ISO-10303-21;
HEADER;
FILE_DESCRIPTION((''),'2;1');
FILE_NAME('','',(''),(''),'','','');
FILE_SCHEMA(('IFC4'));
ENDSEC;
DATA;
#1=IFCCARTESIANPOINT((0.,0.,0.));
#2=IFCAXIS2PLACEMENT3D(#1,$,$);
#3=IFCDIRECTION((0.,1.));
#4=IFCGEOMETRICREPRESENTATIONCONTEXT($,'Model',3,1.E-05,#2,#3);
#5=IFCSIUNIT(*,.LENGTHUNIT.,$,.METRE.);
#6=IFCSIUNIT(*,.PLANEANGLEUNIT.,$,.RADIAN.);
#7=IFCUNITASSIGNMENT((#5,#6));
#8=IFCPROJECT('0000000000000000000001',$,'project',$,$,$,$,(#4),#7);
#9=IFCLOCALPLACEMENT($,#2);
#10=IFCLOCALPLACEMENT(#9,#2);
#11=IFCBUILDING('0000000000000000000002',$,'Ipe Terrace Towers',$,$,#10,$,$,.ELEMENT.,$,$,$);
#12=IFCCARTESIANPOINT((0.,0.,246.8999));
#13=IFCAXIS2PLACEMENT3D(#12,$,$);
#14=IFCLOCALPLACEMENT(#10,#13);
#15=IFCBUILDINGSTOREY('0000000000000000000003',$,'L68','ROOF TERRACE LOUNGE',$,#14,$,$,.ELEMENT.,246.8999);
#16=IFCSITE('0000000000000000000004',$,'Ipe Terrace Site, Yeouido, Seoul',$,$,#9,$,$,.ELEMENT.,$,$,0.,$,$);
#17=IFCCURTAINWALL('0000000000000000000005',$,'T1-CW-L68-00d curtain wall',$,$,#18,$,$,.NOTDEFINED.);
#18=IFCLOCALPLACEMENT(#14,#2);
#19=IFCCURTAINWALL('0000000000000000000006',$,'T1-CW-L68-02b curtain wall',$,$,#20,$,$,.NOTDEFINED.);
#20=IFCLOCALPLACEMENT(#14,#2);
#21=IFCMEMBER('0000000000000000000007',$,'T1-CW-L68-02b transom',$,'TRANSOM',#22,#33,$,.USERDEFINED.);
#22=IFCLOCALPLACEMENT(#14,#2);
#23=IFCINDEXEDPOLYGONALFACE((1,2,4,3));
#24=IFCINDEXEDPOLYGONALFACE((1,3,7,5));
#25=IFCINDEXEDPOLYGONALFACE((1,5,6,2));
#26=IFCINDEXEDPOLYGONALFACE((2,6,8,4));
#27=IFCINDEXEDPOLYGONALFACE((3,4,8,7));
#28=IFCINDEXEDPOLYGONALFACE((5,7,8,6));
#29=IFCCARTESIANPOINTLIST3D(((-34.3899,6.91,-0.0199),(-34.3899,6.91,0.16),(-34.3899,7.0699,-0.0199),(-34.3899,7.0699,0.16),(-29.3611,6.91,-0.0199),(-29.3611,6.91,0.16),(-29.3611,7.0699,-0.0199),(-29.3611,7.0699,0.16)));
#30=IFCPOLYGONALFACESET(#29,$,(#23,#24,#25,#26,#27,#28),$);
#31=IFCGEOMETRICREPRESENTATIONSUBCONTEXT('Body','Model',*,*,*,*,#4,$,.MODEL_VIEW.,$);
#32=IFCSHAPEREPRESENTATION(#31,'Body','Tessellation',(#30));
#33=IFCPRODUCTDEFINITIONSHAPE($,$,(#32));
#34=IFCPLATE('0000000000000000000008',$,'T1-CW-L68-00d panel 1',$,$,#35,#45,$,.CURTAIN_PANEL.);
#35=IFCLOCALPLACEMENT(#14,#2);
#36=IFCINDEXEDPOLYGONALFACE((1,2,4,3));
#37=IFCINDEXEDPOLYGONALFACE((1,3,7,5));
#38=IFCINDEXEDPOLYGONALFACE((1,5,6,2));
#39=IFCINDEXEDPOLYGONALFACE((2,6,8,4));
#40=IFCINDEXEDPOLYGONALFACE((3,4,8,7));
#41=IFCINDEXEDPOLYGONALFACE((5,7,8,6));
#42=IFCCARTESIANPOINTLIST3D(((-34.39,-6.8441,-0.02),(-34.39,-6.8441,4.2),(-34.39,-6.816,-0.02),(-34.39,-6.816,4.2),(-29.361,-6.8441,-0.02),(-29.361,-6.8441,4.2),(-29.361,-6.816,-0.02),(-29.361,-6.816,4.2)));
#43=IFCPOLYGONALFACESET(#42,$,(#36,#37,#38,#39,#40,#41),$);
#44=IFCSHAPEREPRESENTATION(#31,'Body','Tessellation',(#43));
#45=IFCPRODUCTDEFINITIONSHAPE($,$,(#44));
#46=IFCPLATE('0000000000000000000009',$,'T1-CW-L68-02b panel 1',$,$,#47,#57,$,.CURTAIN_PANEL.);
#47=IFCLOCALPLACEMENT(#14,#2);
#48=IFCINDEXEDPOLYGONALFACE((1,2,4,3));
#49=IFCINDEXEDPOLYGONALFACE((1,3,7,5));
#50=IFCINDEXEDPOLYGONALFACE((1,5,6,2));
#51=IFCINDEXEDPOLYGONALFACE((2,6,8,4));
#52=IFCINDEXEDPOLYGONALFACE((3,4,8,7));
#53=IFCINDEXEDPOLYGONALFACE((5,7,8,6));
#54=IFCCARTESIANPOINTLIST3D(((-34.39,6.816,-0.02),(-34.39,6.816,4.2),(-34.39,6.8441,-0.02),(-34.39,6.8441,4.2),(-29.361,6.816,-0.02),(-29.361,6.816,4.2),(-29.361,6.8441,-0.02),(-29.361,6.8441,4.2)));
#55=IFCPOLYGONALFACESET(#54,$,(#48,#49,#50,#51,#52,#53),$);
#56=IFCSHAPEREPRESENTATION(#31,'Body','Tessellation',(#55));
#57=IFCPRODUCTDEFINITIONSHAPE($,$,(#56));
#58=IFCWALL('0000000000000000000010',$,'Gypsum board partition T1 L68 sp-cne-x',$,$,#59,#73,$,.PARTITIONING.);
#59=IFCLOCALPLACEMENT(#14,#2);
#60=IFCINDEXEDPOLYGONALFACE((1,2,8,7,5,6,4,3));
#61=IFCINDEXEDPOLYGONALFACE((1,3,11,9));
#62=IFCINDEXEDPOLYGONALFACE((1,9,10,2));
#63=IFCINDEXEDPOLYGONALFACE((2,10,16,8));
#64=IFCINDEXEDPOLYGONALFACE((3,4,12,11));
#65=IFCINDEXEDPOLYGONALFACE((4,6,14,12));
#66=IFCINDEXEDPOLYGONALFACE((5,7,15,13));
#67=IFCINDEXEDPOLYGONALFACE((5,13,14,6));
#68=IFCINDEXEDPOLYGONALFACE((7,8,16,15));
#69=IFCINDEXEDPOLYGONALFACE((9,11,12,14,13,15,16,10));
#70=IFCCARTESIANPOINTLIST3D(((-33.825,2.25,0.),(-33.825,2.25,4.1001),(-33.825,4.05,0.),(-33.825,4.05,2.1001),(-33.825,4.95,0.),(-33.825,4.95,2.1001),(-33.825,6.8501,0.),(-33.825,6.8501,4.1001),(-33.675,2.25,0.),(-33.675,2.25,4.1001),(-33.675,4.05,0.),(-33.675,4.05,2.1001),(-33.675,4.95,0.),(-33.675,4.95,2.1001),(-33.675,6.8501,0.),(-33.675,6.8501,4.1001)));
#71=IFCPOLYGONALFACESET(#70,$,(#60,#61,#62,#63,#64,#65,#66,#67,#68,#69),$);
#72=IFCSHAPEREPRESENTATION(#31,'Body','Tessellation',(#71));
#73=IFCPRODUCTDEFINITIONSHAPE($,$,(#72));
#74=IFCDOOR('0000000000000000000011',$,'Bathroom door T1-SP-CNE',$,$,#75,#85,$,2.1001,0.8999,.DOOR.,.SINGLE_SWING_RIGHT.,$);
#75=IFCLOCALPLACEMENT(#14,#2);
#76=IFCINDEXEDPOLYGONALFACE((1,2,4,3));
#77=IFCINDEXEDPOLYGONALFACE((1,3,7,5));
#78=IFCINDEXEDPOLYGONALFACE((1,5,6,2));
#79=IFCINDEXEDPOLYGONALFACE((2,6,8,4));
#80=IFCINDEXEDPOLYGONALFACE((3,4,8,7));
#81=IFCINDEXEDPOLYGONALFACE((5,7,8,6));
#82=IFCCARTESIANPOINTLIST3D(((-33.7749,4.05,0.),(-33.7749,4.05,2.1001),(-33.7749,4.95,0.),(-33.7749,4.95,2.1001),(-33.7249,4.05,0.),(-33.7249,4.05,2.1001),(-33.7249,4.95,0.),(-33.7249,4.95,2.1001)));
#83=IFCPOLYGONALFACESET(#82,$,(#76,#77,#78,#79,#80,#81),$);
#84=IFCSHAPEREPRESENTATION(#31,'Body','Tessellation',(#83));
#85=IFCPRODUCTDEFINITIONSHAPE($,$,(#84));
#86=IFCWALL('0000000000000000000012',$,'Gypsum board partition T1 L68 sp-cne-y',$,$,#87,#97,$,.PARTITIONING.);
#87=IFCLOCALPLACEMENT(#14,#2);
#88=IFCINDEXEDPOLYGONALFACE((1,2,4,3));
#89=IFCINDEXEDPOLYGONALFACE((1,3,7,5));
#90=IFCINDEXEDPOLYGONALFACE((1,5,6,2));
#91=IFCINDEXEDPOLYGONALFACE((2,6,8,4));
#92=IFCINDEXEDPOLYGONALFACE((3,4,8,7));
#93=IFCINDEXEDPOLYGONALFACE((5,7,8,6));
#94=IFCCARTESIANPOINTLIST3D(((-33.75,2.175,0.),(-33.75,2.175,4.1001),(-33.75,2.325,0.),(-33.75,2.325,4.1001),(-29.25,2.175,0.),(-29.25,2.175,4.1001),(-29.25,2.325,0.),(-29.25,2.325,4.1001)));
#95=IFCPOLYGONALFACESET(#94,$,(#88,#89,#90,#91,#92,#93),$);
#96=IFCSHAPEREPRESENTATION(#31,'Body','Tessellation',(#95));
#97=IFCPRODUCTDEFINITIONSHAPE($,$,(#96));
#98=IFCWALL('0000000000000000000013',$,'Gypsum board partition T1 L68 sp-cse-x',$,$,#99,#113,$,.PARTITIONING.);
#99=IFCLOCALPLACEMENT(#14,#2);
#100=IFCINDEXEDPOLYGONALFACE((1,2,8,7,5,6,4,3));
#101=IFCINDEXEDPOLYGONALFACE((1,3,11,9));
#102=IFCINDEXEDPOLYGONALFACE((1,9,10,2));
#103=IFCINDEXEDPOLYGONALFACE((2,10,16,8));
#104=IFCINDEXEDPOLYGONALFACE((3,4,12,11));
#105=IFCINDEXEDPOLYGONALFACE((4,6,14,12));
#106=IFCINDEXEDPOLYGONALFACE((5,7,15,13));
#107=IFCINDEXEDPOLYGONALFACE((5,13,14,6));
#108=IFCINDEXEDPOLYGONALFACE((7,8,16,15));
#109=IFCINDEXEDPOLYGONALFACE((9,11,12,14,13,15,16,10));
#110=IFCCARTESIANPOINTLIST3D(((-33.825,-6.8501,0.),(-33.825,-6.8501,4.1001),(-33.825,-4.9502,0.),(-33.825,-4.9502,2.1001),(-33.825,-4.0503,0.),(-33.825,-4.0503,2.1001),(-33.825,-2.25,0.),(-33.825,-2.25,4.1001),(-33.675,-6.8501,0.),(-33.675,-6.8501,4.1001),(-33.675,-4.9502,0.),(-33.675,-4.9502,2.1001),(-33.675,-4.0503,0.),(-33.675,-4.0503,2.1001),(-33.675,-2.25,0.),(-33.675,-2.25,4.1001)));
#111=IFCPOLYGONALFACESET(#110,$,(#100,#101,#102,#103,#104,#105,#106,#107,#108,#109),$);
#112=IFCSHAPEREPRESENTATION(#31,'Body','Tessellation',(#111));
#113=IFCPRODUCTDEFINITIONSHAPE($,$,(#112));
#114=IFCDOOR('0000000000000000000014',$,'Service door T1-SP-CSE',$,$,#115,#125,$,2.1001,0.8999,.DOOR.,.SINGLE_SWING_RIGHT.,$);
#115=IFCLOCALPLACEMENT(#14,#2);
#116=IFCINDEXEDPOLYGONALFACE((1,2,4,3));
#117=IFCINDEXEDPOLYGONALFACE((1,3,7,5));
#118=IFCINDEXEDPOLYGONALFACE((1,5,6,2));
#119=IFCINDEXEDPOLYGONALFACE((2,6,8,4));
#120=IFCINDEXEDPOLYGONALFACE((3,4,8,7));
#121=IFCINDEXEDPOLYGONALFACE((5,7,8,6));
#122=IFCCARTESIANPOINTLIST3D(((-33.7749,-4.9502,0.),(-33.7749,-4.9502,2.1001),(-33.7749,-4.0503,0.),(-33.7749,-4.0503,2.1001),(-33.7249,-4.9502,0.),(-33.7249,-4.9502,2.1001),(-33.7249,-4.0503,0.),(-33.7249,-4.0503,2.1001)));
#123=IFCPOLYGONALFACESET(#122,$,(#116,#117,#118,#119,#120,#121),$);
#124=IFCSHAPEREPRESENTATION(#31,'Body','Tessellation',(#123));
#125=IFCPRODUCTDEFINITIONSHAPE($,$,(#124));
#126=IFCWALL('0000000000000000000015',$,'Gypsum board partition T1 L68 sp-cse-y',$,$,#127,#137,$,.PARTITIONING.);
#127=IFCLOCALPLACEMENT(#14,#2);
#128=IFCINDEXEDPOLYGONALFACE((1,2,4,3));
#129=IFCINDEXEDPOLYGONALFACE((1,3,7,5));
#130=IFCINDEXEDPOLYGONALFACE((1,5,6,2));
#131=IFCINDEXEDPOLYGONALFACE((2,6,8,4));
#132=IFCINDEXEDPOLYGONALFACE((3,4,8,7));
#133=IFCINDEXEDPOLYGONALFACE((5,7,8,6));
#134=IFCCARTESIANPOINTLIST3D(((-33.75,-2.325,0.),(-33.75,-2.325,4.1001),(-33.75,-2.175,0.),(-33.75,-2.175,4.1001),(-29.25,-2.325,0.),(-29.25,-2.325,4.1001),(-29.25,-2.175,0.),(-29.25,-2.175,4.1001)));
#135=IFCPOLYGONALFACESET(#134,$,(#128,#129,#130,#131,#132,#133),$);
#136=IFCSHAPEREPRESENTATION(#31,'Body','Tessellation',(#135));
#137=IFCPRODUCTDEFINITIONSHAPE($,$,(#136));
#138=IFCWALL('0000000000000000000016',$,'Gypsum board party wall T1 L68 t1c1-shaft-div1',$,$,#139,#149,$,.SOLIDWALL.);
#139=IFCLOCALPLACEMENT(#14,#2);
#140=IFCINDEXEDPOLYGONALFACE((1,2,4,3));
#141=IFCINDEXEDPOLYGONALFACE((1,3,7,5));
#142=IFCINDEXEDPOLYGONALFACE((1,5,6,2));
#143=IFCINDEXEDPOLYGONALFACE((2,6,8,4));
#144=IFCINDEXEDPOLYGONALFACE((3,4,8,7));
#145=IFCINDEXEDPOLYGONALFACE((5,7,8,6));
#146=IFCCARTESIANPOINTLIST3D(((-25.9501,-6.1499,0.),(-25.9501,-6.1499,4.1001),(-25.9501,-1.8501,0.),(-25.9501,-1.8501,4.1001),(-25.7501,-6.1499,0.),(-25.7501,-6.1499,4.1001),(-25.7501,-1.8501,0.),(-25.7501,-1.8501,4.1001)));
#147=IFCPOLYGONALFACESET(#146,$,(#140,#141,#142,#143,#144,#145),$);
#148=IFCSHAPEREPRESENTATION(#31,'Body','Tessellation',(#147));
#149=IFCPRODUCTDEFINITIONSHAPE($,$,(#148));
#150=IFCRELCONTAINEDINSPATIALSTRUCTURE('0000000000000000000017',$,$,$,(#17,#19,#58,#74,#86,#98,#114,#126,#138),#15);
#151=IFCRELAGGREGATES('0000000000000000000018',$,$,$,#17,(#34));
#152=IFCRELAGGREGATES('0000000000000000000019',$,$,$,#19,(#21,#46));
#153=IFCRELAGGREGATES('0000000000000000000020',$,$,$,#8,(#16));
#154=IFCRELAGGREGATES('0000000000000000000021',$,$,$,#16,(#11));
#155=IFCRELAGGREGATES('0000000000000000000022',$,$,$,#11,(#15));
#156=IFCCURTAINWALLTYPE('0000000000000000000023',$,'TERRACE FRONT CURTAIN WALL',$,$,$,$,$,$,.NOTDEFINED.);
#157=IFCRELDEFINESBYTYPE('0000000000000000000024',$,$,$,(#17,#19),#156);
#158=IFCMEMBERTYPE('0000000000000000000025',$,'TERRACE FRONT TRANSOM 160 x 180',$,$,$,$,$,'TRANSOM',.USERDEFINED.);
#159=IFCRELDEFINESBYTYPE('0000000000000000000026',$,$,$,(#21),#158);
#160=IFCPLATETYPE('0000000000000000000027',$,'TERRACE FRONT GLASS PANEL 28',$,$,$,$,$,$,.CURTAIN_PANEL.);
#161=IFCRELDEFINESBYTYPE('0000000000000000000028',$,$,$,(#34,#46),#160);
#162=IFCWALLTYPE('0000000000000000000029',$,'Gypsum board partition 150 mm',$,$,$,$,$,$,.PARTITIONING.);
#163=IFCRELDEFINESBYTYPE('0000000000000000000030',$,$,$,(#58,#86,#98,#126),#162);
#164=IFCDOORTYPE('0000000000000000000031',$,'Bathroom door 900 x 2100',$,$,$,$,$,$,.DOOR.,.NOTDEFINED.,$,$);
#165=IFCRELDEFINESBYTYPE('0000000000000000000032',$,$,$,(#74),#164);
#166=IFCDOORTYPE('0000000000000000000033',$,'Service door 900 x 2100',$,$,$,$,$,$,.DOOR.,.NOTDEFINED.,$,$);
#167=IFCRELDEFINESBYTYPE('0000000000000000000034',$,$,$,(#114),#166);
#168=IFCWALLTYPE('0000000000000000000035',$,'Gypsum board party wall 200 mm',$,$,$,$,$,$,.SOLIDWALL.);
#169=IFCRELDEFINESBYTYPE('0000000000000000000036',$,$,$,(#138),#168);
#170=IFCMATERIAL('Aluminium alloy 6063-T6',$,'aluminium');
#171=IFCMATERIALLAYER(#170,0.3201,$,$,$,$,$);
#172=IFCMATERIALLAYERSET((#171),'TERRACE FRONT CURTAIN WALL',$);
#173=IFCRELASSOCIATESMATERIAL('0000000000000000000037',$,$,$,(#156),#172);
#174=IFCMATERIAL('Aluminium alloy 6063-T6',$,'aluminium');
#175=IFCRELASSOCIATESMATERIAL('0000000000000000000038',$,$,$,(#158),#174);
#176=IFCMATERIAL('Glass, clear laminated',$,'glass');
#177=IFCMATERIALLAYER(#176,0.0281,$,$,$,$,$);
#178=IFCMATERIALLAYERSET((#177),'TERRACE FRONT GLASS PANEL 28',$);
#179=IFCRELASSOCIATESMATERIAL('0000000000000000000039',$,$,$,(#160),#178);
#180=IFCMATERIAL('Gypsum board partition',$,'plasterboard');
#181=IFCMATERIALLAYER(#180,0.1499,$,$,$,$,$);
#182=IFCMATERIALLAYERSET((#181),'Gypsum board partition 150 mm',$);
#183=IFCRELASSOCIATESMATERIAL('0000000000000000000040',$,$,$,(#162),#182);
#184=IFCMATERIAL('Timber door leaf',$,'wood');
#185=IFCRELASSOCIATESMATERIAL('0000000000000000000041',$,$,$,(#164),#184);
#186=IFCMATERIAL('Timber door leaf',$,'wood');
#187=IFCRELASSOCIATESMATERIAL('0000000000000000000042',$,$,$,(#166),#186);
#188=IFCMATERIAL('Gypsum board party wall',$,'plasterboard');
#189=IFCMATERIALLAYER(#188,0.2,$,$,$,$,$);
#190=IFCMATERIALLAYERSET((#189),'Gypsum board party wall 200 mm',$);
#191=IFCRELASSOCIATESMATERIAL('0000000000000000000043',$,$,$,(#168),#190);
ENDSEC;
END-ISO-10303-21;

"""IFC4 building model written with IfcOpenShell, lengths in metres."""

from ifc_helpers import new_model, si_unit, direction, frame, frame_2d, origin, origin_2d, place, context, subcontext, project, spatial, rectangle, extrude, material, layer, layer_set, material_profile, profile_set, type_object, element, fill, aggregate, save


model = new_model("IFC4")

# Units and contexts
model_context = context("Model", 3, precision=1e-05, world=origin(), true_north=direction((0.0, 1.0)))
body_context = subcontext(model_context, "Body", "Model", "MODEL_VIEW")
ifc_project = project(units=[si_unit("LENGTHUNIT", "METRE"), si_unit("PLANEANGLEUNIT", "RADIAN")], contexts=[model_context])

# Site, building, storey
site_placement = place(None, origin())
site = spatial("IfcSite", under=ifc_project, at=site_placement, Name="Ipe Terrace Site, Yeouido, Seoul", CompositionType="ELEMENT", RefElevation=0.0)
building_placement = place(site_placement, origin())
building = spatial("IfcBuilding", under=site, at=building_placement, Name="Ipe Terrace Towers", CompositionType="ELEMENT")
storey_placement = place(building_placement, frame((0.0, 0.0, 246.8999)))
storey = spatial("IfcBuildingStorey", under=building, at=storey_placement, Name="L68", Description="ROOF TERRACE LOUNGE", CompositionType="ELEMENT", Elevation=246.8999)

# Curtain walls
ifc_material_1 = material(Name="Aluminium alloy 6063-T6", Category="aluminium")
ifc_layer_1 = layer(ifc_material_1, 0.3201)
ifc_layer_set_1 = layer_set([ifc_layer_1], Name="TERRACE FRONT CURTAIN WALL")
curtain_wall_type = type_object("IfcCurtainWallType", Name="TERRACE FRONT CURTAIN WALL", PredefinedType="NOTDEFINED", material=ifc_layer_set_1)
curtain_wall_1_placement = place(storey_placement, origin())
curtain_wall_1 = element("IfcCurtainWall", 1, at=curtain_wall_1_placement, inside=storey, type_object=curtain_wall_type, Name="T1-CW-L68-00d curtain wall", PredefinedType="NOTDEFINED")
curtain_wall_2_placement = place(storey_placement, origin())
curtain_wall_2 = element("IfcCurtainWall", 2, at=curtain_wall_2_placement, inside=storey, type_object=curtain_wall_type, Name="T1-CW-L68-02b curtain wall", PredefinedType="NOTDEFINED")

# Member
ifc_material_2 = material(Name="Aluminium alloy 6063-T6", Category="aluminium")
ifc_material_profile_1 = material_profile(ifc_material_2, rectangle(XDim=0.1599, YDim=0.1799, at=origin_2d()), Name="TERRACE FRONT TRANSOM 160 x 180")
ifc_profile_set_1 = profile_set([ifc_material_profile_1], Name="Aluminium alloy 6063-T6")
member_type_1 = type_object("IfcMemberType", Name="TERRACE FRONT TRANSOM 160 x 180", ElementType="TRANSOM", PredefinedType="USERDEFINED", material=ifc_profile_set_1)
member_1_placement = place(storey_placement, frame((-29.3611, 6.99, 0.0701), z_axis=(-1.0, 0.0, 0.0), x_axis=(0.0, 1.0, 0.0)))
member_1 = element("IfcMember", 3, at=member_1_placement, type_object=member_type_1, Name="T1-CW-L68-02b transom", ObjectType="TRANSOM", PredefinedType="USERDEFINED", context=body_context, shape_type="SweptSolid", body=[
    extrude(rectangle(XDim=0.1599, YDim=0.1799, at=origin_2d()), origin(), (0.0, 0.0, 1.0), 5.0288),
])

# Plates
ifc_material_3 = material(Name="Glass, clear laminated", Category="glass")
ifc_layer_2 = layer(ifc_material_3, 0.0281)
ifc_layer_set_2 = layer_set([ifc_layer_2], Name="TERRACE FRONT GLASS PANEL 28")
plate_type = type_object("IfcPlateType", Name="TERRACE FRONT GLASS PANEL 28", PredefinedType="CURTAIN_PANEL", material=ifc_layer_set_2)
plate_1_placement = place(storey_placement, frame((-31.8755, -6.8301, -0.02), z_axis=(0.0, 0.0, 1.0), x_axis=(1.0, 0.0, 0.0)))
plate_1 = element("IfcPlate", 4, at=plate_1_placement, type_object=plate_type, Name="T1-CW-L68-00d panel 1", PredefinedType="CURTAIN_PANEL", context=body_context, shape_type="SweptSolid", body=[
    extrude(rectangle(XDim=5.0291, YDim=0.0281, at=origin_2d()), origin(), (0.0, 0.0, 1.0), 4.22),
])
aggregate(curtain_wall_1, [plate_1])
plate_2_placement = place(storey_placement, frame((-31.8755, 6.8301, -0.02), z_axis=(0.0, 0.0, 1.0), x_axis=(-1.0, 0.0, 0.0)))
plate_2 = element("IfcPlate", 5, at=plate_2_placement, type_object=plate_type, Name="T1-CW-L68-02b panel 1", PredefinedType="CURTAIN_PANEL", context=body_context, shape_type="SweptSolid", body=[
    extrude(rectangle(XDim=5.0291, YDim=0.0281, at=origin_2d()), origin(), (0.0, 0.0, 1.0), 4.22),
])
aggregate(curtain_wall_2, [member_1, plate_2])

# Wall, opening, door
ifc_material_4 = material(Name="Gypsum board partition", Category="plasterboard")
ifc_layer_3 = layer(ifc_material_4, 0.1499)
ifc_layer_set_3 = layer_set([ifc_layer_3], Name="Gypsum board partition 150 mm")
wall_type_1 = type_object("IfcWallType", Name="Gypsum board partition 150 mm", PredefinedType="PARTITIONING", material=ifc_layer_set_3)
wall_1_placement = place(storey_placement, frame((-33.75, 2.25, 0.0), z_axis=(0.0, 0.0, 1.0), x_axis=(0.0, 1.0, 0.0)))
wall_1 = element("IfcWall", 6, at=wall_1_placement, inside=storey, type_object=wall_type_1, Name="Gypsum board partition T1 L68 sp-cne-x", PredefinedType="PARTITIONING", context=body_context, shape_type="SweptSolid", body=[
    extrude(rectangle(XDim=4.6001, YDim=0.1499, at=frame_2d((2.3, 0.0))), origin(), (0.0, 0.0, 1.0), 4.1001),
])
opening_1_placement = place(wall_1_placement, frame((1.8, 0.0, 0.0)))
opening_1 = element("IfcOpeningElement", 7, at=opening_1_placement, cuts=wall_1, PredefinedType="OPENING", context=body_context, shape_type="SweptSolid", body=[
    extrude(rectangle(XDim=0.8999, YDim=2.1001, at=frame_2d((0.45, 1.05))), frame((0.0, 0.085, 0.0), z_axis=(0.0, -1.0, 0.0), x_axis=(1.0, 0.0, 0.0)), (0.0, 0.0, 1.0), 0.1699),
])
ifc_material_5 = material(Name="Timber door leaf", Category="wood")
door_type_1 = type_object("IfcDoorType", Name="Bathroom door 900 x 2100", OperationType="NOTDEFINED", PredefinedType="DOOR", material=ifc_material_5)
door_1_placement = place(opening_1_placement, origin())
door_1 = element("IfcDoor", 8, at=door_1_placement, inside=storey, type_object=door_type_1, Name="Bathroom door T1-SP-CNE", OperationType="SINGLE_SWING_RIGHT", OverallHeight=2.1001, OverallWidth=0.8999, PredefinedType="DOOR", context=body_context, shape_type="SweptSolid", body=[
    extrude(rectangle(XDim=0.8999, YDim=2.1001, at=frame_2d((0.45, 1.05))), frame((0.0, 0.0249, 0.0), z_axis=(0.0, -1.0, 0.0), x_axis=(1.0, 0.0, 0.0)), (0.0, 0.0, 1.0), 0.05),
])
fill(opening_1, door_1)

# Wall
wall_2_placement = place(storey_placement, frame((-33.75, 2.25, 0.0), z_axis=(0.0, 0.0, 1.0), x_axis=(1.0, 0.0, 0.0)))
element("IfcWall", 9, at=wall_2_placement, inside=storey, type_object=wall_type_1, Name="Gypsum board partition T1 L68 sp-cne-y", PredefinedType="PARTITIONING", context=body_context, shape_type="SweptSolid", body=[
    extrude(rectangle(XDim=4.5, YDim=0.1499, at=frame_2d((2.25, 0.0))), origin(), (0.0, 0.0, 1.0), 4.1001),
])

# Wall, opening, door
wall_3_placement = place(storey_placement, frame((-33.75, -6.8501, 0.0), z_axis=(0.0, 0.0, 1.0), x_axis=(0.0, 1.0, 0.0)))
wall_3 = element("IfcWall", 10, at=wall_3_placement, inside=storey, type_object=wall_type_1, Name="Gypsum board partition T1 L68 sp-cse-x", PredefinedType="PARTITIONING", context=body_context, shape_type="SweptSolid", body=[
    extrude(rectangle(XDim=4.6001, YDim=0.1499, at=frame_2d((2.3, 0.0))), origin(), (0.0, 0.0, 1.0), 4.1001),
])
opening_2_placement = place(wall_3_placement, frame((1.8999, 0.0, 0.0)))
opening_2 = element("IfcOpeningElement", 11, at=opening_2_placement, cuts=wall_3, PredefinedType="OPENING", context=body_context, shape_type="SweptSolid", body=[
    extrude(rectangle(XDim=0.8999, YDim=2.1001, at=frame_2d((0.45, 1.05))), frame((0.0, 0.085, 0.0), z_axis=(0.0, -1.0, 0.0), x_axis=(1.0, 0.0, 0.0)), (0.0, 0.0, 1.0), 0.1699),
])
ifc_material_6 = material(Name="Timber door leaf", Category="wood")
door_type_2 = type_object("IfcDoorType", Name="Service door 900 x 2100", OperationType="NOTDEFINED", PredefinedType="DOOR", material=ifc_material_6)
door_2_placement = place(opening_2_placement, origin())
door_2 = element("IfcDoor", 12, at=door_2_placement, inside=storey, type_object=door_type_2, Name="Service door T1-SP-CSE", OperationType="SINGLE_SWING_RIGHT", OverallHeight=2.1001, OverallWidth=0.8999, PredefinedType="DOOR", context=body_context, shape_type="SweptSolid", body=[
    extrude(rectangle(XDim=0.8999, YDim=2.1001, at=frame_2d((0.45, 1.05))), frame((0.0, 0.0249, 0.0), z_axis=(0.0, -1.0, 0.0), x_axis=(1.0, 0.0, 0.0)), (0.0, 0.0, 1.0), 0.05),
])
fill(opening_2, door_2)

# Walls
wall_4_placement = place(storey_placement, frame((-33.75, -2.25, 0.0), z_axis=(0.0, 0.0, 1.0), x_axis=(1.0, 0.0, 0.0)))
element("IfcWall", 13, at=wall_4_placement, inside=storey, type_object=wall_type_1, Name="Gypsum board partition T1 L68 sp-cse-y", PredefinedType="PARTITIONING", context=body_context, shape_type="SweptSolid", body=[
    extrude(rectangle(XDim=4.5, YDim=0.1499, at=frame_2d((2.25, 0.0))), origin(), (0.0, 0.0, 1.0), 4.1001),
])
ifc_material_7 = material(Name="Gypsum board party wall", Category="plasterboard")
ifc_layer_4 = layer(ifc_material_7, 0.2)
ifc_layer_set_4 = layer_set([ifc_layer_4], Name="Gypsum board party wall 200 mm")
wall_type_2 = type_object("IfcWallType", Name="Gypsum board party wall 200 mm", PredefinedType="SOLIDWALL", material=ifc_layer_set_4)
wall_5_placement = place(storey_placement, frame((-25.8501, -6.1499, 0.0), z_axis=(0.0, 0.0, 1.0), x_axis=(0.0, 1.0, 0.0)))
element("IfcWall", 14, at=wall_5_placement, inside=storey, type_object=wall_type_2, Name="Gypsum board party wall T1 L68 t1c1-shaft-div1", PredefinedType="SOLIDWALL", context=body_context, shape_type="SweptSolid", body=[
    extrude(rectangle(XDim=4.2998, YDim=0.2, at=frame_2d((2.1499, 0.0))), origin(), (0.0, 0.0, 1.0), 4.1001),
])

save(model, "model.ifc")
